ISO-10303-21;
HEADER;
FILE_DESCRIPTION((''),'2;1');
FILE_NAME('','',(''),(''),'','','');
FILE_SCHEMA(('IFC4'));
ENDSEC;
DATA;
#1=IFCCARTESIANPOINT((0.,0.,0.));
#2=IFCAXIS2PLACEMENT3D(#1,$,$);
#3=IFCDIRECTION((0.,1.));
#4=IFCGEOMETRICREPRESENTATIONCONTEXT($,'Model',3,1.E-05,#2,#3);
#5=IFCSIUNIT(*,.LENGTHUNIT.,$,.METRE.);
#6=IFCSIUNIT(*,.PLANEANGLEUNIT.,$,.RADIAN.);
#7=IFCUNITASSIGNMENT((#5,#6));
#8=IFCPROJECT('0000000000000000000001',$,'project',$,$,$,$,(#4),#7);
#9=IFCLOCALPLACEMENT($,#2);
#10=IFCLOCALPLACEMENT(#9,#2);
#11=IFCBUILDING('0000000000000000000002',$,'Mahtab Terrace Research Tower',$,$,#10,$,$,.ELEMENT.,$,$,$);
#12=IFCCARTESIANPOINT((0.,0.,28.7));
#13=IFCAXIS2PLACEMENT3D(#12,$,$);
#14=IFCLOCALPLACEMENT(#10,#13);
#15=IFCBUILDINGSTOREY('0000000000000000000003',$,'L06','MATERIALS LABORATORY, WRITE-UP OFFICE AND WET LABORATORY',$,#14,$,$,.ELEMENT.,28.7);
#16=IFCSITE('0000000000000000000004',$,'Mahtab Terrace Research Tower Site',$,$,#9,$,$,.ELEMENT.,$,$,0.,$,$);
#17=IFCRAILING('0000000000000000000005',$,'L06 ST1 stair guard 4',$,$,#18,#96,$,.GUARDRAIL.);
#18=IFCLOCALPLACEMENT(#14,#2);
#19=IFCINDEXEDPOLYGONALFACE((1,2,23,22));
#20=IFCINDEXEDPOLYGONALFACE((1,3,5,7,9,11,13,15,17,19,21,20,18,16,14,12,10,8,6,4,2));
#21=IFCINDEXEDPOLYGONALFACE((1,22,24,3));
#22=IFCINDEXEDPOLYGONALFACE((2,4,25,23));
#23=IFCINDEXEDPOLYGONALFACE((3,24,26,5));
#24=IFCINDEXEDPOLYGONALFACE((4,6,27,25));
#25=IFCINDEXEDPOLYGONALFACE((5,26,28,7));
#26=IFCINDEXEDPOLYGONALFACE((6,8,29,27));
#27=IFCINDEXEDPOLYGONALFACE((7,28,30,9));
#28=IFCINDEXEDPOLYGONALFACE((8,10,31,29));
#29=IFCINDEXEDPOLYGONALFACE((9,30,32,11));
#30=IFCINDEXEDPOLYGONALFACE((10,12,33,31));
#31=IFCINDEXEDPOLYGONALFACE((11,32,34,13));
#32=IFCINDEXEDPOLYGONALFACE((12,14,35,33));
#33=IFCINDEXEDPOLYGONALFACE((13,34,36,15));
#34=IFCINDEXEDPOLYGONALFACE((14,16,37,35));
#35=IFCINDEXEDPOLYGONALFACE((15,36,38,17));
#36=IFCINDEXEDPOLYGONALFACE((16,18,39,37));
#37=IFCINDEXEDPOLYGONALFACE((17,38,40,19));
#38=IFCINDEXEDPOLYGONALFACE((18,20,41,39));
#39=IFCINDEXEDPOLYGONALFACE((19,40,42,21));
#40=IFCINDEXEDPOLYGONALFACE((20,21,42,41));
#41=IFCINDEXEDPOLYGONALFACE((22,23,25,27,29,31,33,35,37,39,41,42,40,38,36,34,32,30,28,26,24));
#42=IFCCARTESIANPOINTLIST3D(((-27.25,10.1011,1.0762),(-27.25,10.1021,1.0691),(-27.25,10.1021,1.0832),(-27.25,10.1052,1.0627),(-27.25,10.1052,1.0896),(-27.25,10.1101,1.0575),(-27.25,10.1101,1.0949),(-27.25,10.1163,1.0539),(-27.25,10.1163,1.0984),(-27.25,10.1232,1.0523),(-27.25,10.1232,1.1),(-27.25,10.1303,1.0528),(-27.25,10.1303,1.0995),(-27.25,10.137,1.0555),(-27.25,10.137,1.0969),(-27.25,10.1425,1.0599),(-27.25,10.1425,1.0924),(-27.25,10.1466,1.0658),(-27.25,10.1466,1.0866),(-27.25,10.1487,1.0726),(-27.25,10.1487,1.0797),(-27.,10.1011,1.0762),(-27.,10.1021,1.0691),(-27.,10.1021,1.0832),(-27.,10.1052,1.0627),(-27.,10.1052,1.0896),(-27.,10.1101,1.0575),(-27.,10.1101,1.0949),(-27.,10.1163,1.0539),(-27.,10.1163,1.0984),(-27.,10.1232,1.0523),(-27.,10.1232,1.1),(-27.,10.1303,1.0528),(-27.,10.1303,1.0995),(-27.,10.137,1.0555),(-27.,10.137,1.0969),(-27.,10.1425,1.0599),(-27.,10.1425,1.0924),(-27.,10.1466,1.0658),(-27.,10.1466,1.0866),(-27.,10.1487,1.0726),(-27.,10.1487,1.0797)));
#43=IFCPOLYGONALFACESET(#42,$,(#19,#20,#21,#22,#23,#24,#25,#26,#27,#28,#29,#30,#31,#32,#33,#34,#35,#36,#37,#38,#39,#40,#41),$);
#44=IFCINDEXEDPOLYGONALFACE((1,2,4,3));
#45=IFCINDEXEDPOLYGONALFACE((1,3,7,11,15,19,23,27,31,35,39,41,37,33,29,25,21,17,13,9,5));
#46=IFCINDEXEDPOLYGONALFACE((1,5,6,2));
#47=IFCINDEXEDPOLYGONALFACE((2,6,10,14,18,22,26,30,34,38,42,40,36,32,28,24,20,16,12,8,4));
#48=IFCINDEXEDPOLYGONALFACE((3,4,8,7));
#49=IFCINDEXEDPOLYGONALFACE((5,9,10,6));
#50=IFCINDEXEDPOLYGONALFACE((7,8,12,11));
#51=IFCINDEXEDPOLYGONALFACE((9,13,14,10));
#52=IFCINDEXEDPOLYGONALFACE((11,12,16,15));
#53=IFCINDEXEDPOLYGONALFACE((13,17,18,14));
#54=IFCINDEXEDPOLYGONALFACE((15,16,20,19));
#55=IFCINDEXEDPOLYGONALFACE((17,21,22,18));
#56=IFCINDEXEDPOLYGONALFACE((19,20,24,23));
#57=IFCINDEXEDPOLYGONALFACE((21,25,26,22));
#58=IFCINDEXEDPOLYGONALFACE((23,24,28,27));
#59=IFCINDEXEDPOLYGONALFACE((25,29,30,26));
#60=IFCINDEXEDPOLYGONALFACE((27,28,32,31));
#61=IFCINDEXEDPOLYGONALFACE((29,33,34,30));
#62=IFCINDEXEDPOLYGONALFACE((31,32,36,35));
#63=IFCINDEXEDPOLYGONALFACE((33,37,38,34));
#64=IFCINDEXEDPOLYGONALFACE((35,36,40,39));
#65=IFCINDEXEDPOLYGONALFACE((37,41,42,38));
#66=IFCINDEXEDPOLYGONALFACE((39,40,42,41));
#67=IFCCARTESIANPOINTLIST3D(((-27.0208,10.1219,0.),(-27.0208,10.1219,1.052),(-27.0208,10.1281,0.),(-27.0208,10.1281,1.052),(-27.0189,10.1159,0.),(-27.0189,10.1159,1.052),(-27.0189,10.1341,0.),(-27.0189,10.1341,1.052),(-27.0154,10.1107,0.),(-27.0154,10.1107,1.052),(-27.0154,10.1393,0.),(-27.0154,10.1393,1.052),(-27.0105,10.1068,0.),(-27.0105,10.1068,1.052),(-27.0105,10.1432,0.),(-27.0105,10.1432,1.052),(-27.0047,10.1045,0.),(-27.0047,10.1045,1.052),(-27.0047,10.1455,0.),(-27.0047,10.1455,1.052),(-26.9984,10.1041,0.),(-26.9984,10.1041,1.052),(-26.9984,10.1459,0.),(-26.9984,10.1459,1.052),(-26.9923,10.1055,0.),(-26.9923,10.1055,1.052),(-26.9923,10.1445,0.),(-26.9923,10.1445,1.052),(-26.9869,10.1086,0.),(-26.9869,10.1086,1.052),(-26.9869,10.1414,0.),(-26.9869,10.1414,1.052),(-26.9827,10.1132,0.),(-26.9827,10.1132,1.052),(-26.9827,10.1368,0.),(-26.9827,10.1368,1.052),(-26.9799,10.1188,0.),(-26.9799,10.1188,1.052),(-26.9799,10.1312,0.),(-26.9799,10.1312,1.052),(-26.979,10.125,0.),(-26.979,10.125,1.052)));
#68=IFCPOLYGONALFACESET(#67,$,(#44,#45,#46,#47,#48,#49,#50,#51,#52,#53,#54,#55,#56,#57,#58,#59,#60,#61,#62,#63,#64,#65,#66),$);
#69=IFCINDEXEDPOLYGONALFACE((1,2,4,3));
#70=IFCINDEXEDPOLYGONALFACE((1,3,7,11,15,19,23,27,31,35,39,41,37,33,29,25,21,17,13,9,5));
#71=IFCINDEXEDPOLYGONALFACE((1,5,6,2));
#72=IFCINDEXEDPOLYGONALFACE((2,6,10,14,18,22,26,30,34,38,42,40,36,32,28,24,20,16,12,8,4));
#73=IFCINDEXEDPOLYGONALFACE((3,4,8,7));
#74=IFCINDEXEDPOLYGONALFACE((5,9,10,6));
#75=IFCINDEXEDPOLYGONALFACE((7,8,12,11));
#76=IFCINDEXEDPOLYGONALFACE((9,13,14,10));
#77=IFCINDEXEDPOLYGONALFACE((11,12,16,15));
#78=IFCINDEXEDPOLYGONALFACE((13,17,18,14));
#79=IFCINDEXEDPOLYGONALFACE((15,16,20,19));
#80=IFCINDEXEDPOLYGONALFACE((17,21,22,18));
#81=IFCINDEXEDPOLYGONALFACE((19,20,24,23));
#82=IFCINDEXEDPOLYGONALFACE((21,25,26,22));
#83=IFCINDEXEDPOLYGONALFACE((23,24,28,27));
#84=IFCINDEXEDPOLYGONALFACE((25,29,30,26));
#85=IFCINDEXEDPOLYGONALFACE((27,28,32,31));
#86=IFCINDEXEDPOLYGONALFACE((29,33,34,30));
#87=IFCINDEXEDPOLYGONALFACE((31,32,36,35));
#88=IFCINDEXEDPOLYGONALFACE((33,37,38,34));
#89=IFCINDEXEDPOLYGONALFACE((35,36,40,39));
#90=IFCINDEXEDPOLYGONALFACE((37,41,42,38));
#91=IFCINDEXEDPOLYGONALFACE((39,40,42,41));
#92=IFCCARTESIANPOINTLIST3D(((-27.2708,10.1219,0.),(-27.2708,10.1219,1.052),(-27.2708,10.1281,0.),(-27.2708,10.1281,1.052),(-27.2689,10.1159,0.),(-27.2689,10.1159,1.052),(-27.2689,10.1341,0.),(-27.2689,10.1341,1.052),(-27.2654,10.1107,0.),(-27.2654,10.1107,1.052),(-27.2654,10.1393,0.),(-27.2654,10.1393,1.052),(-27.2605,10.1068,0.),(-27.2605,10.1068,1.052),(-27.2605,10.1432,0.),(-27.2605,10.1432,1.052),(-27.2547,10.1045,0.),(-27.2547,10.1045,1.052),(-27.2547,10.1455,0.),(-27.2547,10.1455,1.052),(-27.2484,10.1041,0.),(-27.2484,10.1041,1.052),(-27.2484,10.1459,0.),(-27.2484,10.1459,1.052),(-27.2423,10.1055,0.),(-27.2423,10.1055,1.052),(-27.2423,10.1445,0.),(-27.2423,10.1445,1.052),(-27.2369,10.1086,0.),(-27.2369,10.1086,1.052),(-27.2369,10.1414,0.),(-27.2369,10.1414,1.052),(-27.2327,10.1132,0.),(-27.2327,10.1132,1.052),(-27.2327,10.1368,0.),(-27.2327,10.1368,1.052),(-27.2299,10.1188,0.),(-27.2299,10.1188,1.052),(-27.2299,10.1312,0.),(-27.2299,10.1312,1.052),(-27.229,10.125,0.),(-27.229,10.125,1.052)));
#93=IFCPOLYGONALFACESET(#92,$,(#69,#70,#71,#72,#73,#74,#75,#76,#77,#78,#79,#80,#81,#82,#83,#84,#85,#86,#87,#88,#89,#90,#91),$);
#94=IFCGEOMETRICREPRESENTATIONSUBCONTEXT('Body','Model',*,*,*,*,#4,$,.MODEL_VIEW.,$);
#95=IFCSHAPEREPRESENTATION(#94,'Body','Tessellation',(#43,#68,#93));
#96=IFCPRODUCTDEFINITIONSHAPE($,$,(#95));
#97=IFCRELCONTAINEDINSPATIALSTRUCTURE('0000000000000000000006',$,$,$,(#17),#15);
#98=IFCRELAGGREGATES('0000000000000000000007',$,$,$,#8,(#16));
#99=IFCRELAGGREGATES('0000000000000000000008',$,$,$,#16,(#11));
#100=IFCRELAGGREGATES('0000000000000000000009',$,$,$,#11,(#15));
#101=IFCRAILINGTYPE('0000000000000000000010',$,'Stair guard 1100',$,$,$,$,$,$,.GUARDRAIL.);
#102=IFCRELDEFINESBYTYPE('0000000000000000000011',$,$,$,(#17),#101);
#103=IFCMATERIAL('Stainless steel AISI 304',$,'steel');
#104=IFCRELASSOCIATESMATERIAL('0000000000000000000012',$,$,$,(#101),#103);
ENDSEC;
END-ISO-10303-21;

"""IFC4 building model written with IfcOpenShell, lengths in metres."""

from ifc_helpers import new_model, si_unit, direction, frame, origin, origin_2d, place, context, subcontext, project, spatial, circle, extrude, material, type_object, element, save


model = new_model("IFC4")

# Units and contexts
model_context = context("Model", 3, precision=1e-05, world=origin(), true_north=direction((0.0, 1.0)))
body_context = subcontext(model_context, "Body", "Model", "MODEL_VIEW")
ifc_project = project(units=[si_unit("LENGTHUNIT", "METRE"), si_unit("PLANEANGLEUNIT", "RADIAN")], contexts=[model_context])

# Site, building, storey
site_placement = place(None, origin())
site = spatial("IfcSite", under=ifc_project, at=site_placement, Name="Mahtab Terrace Research Tower Site", CompositionType="ELEMENT", RefElevation=0.0)
building_placement = place(site_placement, origin())
building = spatial("IfcBuilding", under=site, at=building_placement, Name="Mahtab Terrace Research Tower", CompositionType="ELEMENT")
storey_placement = place(building_placement, frame((0.0, 0.0, 28.7)))
storey = spatial("IfcBuildingStorey", under=building, at=storey_placement, Name="L06", Description="MATERIALS LABORATORY, WRITE-UP OFFICE AND WET LABORATORY", CompositionType="ELEMENT", Elevation=28.7)

# Railing
ifc_material_1 = material(Name="Stainless steel AISI 304", Category="steel")
railing_type_1 = type_object("IfcRailingType", Name="Stair guard 1100", PredefinedType="GUARDRAIL", material=ifc_material_1)
railing_1_placement = place(storey_placement, frame((-27.0, 10.125, 0.0)))
element("IfcRailing", 1, at=railing_1_placement, inside=storey, type_object=railing_type_1, Name="L06 ST1 stair guard 4", PredefinedType="GUARDRAIL", context=body_context, shape_type="SweptSolid", body=[
    extrude(circle(Radius=0.0239, at=origin_2d()), frame((0.0, 0.0, 1.0762), z_axis=(-1.0, 0.0, 0.0), x_axis=(0.0, -1.0, 0.0)), (0.0, 0.0, 1.0), 0.25),
    extrude(circle(Radius=0.021, at=origin_2d()), origin(), (0.0, 0.0, 1.0), 1.052),
    extrude(circle(Radius=0.021, at=origin_2d()), frame((-0.25, 0.0, 0.0)), (0.0, 0.0, 1.0), 1.052),
])

save(model, "model.ifc")
